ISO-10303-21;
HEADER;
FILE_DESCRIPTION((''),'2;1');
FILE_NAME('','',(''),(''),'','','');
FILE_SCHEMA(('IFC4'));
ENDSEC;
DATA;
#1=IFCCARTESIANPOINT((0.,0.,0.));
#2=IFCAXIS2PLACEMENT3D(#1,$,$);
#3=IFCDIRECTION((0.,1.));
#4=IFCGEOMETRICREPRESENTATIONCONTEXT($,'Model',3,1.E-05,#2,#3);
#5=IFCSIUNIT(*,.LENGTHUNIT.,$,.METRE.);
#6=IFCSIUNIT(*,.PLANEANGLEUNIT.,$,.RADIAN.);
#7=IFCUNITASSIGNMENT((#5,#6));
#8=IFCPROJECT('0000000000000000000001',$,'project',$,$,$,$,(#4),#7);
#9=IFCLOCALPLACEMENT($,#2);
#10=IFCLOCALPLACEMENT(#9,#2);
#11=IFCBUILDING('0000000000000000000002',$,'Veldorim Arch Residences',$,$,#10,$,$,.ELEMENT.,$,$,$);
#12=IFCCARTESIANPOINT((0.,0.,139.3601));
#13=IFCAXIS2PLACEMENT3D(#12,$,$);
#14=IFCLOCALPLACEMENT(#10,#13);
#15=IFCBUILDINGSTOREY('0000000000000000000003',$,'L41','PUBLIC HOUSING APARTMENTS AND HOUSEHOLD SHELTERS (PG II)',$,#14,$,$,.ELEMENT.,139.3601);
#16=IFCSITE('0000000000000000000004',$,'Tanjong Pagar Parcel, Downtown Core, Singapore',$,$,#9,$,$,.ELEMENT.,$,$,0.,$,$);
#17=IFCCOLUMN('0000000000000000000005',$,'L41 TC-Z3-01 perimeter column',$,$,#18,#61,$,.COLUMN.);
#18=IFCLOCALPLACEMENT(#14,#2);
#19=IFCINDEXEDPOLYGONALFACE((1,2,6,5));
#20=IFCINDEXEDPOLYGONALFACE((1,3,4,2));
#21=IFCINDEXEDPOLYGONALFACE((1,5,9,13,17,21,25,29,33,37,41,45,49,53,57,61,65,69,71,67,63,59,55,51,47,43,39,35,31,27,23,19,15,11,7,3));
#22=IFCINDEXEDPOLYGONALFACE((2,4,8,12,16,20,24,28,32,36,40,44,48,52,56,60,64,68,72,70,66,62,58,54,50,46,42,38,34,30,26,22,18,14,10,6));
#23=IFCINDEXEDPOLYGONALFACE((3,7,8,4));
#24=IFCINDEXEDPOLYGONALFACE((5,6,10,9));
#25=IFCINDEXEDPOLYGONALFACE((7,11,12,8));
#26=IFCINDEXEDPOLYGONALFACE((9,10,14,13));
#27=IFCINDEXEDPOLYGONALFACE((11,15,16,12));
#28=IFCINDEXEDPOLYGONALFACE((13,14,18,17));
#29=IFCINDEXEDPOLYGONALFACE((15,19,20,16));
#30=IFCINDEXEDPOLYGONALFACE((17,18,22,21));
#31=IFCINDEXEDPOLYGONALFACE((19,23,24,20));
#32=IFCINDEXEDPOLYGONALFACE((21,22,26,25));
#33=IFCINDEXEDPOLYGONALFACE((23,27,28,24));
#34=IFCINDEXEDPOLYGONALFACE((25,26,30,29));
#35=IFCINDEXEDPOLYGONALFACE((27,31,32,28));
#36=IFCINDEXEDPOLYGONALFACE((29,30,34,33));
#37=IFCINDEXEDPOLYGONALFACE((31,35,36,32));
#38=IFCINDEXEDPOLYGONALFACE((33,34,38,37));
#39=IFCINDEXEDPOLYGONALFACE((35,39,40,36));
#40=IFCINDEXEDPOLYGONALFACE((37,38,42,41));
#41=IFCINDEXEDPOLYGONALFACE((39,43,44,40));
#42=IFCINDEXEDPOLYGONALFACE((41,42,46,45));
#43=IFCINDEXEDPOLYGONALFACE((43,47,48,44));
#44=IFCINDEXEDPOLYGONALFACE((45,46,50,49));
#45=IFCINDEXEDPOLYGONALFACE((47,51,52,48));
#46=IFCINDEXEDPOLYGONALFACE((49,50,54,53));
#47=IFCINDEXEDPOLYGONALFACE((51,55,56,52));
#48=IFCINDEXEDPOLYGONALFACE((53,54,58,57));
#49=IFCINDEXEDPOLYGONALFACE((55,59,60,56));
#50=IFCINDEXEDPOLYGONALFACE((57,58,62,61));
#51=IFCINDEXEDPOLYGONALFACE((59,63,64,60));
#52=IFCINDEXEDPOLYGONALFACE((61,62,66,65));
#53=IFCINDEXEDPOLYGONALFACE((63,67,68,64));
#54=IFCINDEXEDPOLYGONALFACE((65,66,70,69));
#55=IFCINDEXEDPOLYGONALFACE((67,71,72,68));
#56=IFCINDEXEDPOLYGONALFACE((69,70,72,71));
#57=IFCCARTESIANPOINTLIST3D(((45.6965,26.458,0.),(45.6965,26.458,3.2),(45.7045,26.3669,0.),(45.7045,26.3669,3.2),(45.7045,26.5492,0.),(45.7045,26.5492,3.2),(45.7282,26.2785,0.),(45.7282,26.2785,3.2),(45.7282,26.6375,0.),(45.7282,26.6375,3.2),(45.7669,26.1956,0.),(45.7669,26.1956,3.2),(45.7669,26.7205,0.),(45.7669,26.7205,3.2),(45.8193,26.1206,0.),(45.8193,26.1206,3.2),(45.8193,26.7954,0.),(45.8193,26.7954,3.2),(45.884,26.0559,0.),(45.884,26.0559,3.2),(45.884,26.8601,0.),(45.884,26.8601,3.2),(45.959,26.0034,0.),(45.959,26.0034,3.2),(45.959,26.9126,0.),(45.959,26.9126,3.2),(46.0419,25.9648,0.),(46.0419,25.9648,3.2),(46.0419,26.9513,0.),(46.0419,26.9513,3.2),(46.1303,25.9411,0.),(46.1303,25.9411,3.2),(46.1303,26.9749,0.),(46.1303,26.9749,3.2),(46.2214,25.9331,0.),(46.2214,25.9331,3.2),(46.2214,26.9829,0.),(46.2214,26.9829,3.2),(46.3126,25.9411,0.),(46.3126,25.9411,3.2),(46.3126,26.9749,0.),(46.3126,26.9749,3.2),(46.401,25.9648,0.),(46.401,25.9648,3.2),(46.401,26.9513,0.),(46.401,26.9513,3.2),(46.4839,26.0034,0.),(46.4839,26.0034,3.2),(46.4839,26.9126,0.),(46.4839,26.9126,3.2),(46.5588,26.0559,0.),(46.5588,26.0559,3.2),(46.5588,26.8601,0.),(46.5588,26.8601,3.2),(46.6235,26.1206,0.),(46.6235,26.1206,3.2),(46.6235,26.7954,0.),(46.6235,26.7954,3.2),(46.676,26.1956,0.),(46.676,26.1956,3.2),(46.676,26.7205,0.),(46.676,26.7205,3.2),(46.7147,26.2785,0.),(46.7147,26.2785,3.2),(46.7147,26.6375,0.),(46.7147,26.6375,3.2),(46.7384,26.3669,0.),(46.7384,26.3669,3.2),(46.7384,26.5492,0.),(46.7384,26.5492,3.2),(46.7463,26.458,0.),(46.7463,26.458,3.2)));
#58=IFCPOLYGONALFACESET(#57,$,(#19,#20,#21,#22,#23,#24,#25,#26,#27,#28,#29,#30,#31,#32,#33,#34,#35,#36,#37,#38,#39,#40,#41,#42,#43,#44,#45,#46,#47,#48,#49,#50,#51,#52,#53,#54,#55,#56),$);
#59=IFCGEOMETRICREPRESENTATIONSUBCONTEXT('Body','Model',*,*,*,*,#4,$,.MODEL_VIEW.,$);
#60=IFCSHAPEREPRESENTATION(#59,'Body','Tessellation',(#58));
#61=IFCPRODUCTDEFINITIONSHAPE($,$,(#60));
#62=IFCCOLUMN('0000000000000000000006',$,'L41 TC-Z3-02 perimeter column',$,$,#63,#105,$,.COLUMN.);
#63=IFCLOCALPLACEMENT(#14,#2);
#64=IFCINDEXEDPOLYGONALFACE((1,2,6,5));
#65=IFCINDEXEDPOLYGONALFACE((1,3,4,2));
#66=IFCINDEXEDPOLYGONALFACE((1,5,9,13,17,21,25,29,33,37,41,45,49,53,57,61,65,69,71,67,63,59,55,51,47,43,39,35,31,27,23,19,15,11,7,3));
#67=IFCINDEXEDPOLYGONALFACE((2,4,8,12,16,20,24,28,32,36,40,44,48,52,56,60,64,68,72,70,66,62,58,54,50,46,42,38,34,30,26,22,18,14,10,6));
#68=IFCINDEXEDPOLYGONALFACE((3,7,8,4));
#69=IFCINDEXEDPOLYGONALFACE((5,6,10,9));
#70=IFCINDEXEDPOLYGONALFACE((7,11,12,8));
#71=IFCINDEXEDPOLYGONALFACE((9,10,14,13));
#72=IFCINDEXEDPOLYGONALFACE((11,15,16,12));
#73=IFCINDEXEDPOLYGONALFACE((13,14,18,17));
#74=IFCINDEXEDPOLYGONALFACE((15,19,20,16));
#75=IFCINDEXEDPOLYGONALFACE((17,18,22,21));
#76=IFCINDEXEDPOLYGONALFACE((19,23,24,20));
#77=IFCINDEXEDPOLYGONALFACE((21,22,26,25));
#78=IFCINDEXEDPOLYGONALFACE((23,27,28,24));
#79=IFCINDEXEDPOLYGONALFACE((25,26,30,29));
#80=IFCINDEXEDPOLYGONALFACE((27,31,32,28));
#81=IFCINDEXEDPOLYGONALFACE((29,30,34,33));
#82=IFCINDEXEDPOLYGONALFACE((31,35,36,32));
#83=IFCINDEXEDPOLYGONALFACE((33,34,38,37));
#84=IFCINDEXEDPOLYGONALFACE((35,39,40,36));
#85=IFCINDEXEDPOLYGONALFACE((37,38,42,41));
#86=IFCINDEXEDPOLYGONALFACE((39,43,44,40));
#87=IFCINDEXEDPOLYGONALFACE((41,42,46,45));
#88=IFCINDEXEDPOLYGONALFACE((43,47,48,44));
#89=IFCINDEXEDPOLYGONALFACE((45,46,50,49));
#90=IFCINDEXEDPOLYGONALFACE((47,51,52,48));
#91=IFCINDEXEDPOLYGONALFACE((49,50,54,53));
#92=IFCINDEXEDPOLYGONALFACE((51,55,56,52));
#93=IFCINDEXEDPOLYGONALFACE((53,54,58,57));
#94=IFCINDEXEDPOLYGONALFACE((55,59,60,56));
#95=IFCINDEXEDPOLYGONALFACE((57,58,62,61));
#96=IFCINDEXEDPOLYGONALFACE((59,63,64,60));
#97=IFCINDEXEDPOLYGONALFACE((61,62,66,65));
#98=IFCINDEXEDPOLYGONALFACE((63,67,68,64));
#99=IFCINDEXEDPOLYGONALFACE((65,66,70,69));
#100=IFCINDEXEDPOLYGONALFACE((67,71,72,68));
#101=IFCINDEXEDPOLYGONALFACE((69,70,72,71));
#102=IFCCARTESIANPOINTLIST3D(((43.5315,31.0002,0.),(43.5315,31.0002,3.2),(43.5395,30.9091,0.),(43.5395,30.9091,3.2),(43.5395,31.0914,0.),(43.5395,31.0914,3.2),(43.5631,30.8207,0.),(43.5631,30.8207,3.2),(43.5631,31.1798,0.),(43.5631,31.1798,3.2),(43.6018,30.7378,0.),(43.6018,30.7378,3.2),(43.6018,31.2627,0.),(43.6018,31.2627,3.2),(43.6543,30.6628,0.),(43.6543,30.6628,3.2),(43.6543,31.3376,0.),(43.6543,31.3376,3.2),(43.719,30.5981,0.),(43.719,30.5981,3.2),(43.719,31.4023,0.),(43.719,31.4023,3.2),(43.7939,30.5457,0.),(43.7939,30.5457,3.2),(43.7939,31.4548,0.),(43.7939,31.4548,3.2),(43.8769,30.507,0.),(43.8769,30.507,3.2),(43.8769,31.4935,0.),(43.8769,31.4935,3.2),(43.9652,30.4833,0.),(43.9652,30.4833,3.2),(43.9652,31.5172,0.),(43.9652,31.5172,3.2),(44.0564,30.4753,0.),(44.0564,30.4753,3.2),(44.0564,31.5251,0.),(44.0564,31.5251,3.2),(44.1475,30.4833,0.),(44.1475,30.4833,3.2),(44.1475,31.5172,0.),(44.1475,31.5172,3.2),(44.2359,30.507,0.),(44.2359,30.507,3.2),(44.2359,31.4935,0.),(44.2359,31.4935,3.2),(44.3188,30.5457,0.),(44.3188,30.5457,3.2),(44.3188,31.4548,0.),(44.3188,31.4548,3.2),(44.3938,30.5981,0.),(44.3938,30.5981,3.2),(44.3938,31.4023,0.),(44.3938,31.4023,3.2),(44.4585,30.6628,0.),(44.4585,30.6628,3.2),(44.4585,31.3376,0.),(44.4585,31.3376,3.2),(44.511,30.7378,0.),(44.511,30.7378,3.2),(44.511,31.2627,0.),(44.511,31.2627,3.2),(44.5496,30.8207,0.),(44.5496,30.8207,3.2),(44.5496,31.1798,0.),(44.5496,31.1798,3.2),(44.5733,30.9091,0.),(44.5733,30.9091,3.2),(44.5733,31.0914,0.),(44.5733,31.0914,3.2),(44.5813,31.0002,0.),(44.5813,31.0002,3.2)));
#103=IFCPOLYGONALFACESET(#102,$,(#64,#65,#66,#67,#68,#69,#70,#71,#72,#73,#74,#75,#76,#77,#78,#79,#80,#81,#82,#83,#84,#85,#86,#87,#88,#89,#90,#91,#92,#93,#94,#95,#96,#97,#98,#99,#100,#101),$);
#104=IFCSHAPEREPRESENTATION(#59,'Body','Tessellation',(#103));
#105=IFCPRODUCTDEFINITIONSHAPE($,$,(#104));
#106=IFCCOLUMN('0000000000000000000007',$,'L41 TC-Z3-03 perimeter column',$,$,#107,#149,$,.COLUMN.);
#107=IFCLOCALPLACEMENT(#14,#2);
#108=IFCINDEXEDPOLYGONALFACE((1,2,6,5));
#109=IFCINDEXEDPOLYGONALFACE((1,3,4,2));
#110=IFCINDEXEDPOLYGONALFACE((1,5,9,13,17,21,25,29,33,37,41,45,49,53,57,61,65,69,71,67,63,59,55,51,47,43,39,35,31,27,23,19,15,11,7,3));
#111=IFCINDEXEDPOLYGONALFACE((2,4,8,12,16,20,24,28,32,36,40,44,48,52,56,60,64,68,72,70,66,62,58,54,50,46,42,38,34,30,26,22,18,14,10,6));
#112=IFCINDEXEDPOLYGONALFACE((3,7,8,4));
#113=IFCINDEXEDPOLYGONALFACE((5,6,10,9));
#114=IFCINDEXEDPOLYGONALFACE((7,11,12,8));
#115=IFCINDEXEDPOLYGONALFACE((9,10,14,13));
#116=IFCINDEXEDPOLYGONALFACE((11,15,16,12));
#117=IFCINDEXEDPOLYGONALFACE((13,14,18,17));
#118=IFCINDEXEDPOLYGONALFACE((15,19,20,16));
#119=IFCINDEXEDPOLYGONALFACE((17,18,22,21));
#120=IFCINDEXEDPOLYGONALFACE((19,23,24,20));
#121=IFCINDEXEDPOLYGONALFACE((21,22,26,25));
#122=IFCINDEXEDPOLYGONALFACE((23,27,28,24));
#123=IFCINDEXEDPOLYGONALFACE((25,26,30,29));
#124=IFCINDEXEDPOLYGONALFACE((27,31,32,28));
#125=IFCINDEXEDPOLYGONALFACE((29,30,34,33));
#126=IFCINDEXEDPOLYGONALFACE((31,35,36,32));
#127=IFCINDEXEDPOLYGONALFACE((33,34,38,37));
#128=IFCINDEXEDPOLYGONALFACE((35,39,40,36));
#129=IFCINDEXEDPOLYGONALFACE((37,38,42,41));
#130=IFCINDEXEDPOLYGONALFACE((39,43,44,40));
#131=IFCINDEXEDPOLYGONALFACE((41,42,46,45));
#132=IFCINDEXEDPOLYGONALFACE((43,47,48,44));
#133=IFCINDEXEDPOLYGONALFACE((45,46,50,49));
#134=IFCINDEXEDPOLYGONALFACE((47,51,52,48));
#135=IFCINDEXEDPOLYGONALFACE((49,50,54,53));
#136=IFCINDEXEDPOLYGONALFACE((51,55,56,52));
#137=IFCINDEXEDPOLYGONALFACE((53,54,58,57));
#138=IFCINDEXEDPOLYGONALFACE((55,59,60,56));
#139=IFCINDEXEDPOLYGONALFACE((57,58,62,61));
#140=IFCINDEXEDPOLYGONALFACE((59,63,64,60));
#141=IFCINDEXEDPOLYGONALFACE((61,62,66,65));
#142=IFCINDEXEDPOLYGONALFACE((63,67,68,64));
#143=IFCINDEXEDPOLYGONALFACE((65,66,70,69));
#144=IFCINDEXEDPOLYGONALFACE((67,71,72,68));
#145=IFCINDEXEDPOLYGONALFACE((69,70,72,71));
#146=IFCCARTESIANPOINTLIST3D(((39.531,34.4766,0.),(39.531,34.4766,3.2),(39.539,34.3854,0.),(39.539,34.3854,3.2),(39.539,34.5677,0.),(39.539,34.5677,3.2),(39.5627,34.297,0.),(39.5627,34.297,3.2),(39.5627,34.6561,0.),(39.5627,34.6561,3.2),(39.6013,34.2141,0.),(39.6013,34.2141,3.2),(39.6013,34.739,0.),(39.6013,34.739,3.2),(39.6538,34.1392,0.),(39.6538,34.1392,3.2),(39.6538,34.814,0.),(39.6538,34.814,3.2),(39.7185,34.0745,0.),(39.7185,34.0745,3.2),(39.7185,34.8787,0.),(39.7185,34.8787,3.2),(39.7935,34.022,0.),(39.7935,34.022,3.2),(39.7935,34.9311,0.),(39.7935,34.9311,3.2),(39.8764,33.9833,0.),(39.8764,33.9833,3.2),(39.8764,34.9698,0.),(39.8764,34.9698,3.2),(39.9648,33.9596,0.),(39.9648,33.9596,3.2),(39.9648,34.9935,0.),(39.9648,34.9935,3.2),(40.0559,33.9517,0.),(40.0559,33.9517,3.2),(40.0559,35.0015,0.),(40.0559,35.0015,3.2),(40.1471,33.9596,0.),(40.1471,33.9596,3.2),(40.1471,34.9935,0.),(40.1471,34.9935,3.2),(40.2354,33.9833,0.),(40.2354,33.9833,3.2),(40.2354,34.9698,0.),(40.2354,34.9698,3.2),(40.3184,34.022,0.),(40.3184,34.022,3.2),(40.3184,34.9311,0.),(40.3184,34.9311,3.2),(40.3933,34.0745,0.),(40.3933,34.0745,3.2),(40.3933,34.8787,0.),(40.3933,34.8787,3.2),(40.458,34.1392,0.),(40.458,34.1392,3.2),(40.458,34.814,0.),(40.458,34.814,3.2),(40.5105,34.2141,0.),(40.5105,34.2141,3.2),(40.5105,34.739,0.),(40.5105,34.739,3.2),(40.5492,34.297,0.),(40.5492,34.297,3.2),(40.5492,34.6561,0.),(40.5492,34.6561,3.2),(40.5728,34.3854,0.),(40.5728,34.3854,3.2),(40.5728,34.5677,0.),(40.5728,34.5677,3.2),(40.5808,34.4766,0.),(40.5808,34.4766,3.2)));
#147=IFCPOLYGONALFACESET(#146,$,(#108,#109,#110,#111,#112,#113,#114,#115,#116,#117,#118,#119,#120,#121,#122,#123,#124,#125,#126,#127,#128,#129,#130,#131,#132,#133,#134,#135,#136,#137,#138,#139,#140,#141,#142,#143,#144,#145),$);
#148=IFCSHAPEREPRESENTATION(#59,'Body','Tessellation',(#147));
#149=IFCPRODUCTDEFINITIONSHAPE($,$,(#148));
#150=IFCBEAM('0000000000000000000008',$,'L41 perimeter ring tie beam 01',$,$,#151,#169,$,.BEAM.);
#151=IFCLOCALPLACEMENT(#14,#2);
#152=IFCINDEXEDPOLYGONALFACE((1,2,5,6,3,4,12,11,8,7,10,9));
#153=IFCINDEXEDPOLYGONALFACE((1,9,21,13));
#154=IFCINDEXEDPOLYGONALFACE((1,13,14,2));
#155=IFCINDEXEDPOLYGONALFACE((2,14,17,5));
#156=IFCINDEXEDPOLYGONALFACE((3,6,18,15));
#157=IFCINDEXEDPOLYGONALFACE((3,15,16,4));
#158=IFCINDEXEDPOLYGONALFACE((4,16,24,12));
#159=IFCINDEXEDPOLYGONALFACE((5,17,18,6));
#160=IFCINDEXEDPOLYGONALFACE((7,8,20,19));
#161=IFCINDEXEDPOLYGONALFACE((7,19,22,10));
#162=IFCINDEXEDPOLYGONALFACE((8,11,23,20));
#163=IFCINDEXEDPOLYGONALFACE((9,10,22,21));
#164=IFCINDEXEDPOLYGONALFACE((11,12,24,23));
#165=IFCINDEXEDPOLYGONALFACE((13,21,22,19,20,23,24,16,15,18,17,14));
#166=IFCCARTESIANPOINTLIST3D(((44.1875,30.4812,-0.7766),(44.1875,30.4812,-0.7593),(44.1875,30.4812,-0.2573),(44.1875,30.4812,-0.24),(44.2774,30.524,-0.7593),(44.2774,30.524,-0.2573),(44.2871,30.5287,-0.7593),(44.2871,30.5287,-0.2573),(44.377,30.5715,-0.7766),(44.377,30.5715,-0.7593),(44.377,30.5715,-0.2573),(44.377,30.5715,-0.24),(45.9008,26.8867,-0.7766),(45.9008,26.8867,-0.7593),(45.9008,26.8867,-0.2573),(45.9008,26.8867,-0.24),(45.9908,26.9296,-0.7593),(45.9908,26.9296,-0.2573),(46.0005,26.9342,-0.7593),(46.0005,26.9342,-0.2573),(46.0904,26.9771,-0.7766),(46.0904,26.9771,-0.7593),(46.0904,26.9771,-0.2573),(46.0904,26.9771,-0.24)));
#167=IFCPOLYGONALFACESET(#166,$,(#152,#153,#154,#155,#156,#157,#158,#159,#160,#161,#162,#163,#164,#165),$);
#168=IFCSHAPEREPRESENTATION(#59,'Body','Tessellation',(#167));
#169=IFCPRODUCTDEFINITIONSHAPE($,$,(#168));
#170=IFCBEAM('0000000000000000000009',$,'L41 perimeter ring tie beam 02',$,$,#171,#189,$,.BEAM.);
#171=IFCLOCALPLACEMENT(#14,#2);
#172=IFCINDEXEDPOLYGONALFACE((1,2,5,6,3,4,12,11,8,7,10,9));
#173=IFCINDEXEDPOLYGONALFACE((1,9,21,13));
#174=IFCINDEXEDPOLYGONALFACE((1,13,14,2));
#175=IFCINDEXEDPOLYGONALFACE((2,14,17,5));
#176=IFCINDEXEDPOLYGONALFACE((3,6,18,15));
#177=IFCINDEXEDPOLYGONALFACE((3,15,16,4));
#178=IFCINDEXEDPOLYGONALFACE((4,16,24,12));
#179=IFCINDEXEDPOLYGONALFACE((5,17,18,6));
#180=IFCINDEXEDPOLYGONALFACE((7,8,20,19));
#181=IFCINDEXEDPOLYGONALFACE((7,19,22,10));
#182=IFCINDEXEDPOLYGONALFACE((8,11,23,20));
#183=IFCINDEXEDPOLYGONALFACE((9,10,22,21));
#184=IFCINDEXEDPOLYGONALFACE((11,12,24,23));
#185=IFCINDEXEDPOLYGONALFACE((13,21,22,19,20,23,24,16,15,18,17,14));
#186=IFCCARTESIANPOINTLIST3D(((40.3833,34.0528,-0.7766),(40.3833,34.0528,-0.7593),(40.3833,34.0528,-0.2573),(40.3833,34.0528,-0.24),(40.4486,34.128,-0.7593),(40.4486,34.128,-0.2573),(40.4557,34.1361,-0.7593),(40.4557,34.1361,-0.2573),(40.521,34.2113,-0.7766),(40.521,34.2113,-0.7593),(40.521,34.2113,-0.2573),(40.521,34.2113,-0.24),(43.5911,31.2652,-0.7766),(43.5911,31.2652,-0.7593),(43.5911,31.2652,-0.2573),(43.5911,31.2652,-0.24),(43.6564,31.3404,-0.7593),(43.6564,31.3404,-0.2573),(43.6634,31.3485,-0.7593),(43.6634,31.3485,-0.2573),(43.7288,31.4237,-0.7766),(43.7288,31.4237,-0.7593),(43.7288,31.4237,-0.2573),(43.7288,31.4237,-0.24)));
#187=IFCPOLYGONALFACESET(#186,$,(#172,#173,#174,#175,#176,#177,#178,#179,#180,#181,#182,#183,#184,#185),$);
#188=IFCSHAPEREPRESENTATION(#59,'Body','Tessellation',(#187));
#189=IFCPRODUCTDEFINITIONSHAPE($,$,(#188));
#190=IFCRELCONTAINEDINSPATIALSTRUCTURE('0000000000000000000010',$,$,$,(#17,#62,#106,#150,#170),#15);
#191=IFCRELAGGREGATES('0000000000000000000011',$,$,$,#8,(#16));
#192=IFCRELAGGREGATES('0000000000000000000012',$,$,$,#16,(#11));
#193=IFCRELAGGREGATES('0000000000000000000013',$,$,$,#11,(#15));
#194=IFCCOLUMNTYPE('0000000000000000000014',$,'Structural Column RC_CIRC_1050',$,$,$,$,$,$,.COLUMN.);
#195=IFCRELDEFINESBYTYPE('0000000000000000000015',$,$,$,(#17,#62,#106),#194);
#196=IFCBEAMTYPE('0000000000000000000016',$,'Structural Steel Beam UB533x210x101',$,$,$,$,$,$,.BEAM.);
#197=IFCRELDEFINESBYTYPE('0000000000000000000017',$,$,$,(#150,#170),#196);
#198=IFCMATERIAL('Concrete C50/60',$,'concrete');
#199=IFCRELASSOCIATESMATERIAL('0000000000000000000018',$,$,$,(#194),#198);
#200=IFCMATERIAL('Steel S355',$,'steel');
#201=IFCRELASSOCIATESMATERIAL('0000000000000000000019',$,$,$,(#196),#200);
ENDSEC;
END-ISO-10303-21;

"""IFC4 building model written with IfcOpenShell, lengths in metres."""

from ifc_helpers import new_model, si_unit, direction, frame, origin, origin_2d, place, context, subcontext, project, spatial, circle, i_section, extrude, material, material_profile, profile_set, type_object, element, save


model = new_model("IFC4")

# Units and contexts
model_context = context("Model", 3, precision=1e-05, world=origin(), true_north=direction((0.0, 1.0)))
body_context = subcontext(model_context, "Body", "Model", "MODEL_VIEW")
ifc_project = project(units=[si_unit("LENGTHUNIT", "METRE"), si_unit("PLANEANGLEUNIT", "RADIAN")], contexts=[model_context])

# Site, building, storey
site_placement = place(None, origin())
site = spatial("IfcSite", under=ifc_project, at=site_placement, Name="Tanjong Pagar Parcel, Downtown Core, Singapore", CompositionType="ELEMENT", RefElevation=0.0)
building_placement = place(site_placement, origin())
building = spatial("IfcBuilding", under=site, at=building_placement, Name="Veldorim Arch Residences", CompositionType="ELEMENT")
storey_placement = place(building_placement, frame((0.0, 0.0, 139.3601)))
storey = spatial("IfcBuildingStorey", under=building, at=storey_placement, Name="L41", Description="PUBLIC HOUSING APARTMENTS AND HOUSEHOLD SHELTERS (PG II)", CompositionType="ELEMENT", Elevation=139.3601)

# Columns
ifc_material_1 = material(Name="Concrete C50/60", Category="concrete")
ifc_material_profile_1 = material_profile(ifc_material_1, circle(Radius=0.5249, at=origin_2d()), Name="RC_CIRC_1050")
ifc_profile_set_1 = profile_set([ifc_material_profile_1], Name="Concrete C50/60")
column_type = type_object("IfcColumnType", Name="Structural Column RC_CIRC_1050", PredefinedType="COLUMN", material=ifc_profile_set_1)
for number, where, z_axis, x_axis, name in (
    (1, (46.2214, 26.458, 0.0), (0.0, 0.0, 1.0), (1.0, 0.0, 0.0), "L41 TC-Z3-01 perimeter column"),
    (2, (44.0564, 31.0002, 0.0), (0.0, 0.0, 1.0), (1.0, 0.0, 0.0), "L41 TC-Z3-02 perimeter column"),
    (3, (40.0559, 34.4766, 0.0), (0.0, 0.0, 1.0), (1.0, 0.0, 0.0), "L41 TC-Z3-03 perimeter column"),
):
    element("IfcColumn", number, at=place(storey_placement, frame(where, z_axis=z_axis, x_axis=x_axis)), inside=storey, type_object=column_type, Name=name, PredefinedType="COLUMN", context=body_context, shape_type="SweptSolid", body=[
        extrude(circle(Radius=0.5249, at=origin_2d()), origin(), (0.0, 0.0, 1.0), 3.2),
    ])

# Beams
ifc_material_2 = material(Name="Steel S355", Category="steel")
ifc_material_profile_2 = material_profile(ifc_material_2, i_section(OverallWidth=0.21, OverallDepth=0.5366, WebThickness=0.0107, FlangeThickness=0.0173, at=origin_2d()), Name="UB533x210x101")
ifc_profile_set_2 = profile_set([ifc_material_profile_2], Name="Steel S355")
beam_type_1 = type_object("IfcBeamType", Name="Structural Steel Beam UB533x210x101", PredefinedType="BEAM", material=ifc_profile_set_2)
beam_1_placement = place(storey_placement, frame((45.9956, 26.9319, -0.5083), z_axis=(-0.430286, 0.902693, 0.0), x_axis=(-0.902693, -0.430286, 0.0)))
element("IfcBeam", 4, at=beam_1_placement, inside=storey, type_object=beam_type_1, Name="L41 perimeter ring tie beam 01", PredefinedType="BEAM", context=body_context, shape_type="SweptSolid", body=[
    extrude(i_section(OverallWidth=0.21, OverallDepth=0.5366, WebThickness=0.0107, FlangeThickness=0.0173, at=origin_2d()), origin(), (0.0, 0.0, 1.0), 3.9819),
])
beam_2_placement = place(storey_placement, frame((43.6599, 31.3445, -0.5083), z_axis=(-0.754811, 0.655943, 0.0), x_axis=(-0.655943, -0.754811, 0.0)))
element("IfcBeam", 5, at=beam_2_placement, inside=storey, type_object=beam_type_1, Name="L41 perimeter ring tie beam 02", PredefinedType="BEAM", context=body_context, shape_type="SweptSolid", body=[
    extrude(i_section(OverallWidth=0.21, OverallDepth=0.5366, WebThickness=0.0107, FlangeThickness=0.0173, at=origin_2d()), origin(), (0.0, 0.0, 1.0), 4.2498),
])

save(model, "model.ifc")
